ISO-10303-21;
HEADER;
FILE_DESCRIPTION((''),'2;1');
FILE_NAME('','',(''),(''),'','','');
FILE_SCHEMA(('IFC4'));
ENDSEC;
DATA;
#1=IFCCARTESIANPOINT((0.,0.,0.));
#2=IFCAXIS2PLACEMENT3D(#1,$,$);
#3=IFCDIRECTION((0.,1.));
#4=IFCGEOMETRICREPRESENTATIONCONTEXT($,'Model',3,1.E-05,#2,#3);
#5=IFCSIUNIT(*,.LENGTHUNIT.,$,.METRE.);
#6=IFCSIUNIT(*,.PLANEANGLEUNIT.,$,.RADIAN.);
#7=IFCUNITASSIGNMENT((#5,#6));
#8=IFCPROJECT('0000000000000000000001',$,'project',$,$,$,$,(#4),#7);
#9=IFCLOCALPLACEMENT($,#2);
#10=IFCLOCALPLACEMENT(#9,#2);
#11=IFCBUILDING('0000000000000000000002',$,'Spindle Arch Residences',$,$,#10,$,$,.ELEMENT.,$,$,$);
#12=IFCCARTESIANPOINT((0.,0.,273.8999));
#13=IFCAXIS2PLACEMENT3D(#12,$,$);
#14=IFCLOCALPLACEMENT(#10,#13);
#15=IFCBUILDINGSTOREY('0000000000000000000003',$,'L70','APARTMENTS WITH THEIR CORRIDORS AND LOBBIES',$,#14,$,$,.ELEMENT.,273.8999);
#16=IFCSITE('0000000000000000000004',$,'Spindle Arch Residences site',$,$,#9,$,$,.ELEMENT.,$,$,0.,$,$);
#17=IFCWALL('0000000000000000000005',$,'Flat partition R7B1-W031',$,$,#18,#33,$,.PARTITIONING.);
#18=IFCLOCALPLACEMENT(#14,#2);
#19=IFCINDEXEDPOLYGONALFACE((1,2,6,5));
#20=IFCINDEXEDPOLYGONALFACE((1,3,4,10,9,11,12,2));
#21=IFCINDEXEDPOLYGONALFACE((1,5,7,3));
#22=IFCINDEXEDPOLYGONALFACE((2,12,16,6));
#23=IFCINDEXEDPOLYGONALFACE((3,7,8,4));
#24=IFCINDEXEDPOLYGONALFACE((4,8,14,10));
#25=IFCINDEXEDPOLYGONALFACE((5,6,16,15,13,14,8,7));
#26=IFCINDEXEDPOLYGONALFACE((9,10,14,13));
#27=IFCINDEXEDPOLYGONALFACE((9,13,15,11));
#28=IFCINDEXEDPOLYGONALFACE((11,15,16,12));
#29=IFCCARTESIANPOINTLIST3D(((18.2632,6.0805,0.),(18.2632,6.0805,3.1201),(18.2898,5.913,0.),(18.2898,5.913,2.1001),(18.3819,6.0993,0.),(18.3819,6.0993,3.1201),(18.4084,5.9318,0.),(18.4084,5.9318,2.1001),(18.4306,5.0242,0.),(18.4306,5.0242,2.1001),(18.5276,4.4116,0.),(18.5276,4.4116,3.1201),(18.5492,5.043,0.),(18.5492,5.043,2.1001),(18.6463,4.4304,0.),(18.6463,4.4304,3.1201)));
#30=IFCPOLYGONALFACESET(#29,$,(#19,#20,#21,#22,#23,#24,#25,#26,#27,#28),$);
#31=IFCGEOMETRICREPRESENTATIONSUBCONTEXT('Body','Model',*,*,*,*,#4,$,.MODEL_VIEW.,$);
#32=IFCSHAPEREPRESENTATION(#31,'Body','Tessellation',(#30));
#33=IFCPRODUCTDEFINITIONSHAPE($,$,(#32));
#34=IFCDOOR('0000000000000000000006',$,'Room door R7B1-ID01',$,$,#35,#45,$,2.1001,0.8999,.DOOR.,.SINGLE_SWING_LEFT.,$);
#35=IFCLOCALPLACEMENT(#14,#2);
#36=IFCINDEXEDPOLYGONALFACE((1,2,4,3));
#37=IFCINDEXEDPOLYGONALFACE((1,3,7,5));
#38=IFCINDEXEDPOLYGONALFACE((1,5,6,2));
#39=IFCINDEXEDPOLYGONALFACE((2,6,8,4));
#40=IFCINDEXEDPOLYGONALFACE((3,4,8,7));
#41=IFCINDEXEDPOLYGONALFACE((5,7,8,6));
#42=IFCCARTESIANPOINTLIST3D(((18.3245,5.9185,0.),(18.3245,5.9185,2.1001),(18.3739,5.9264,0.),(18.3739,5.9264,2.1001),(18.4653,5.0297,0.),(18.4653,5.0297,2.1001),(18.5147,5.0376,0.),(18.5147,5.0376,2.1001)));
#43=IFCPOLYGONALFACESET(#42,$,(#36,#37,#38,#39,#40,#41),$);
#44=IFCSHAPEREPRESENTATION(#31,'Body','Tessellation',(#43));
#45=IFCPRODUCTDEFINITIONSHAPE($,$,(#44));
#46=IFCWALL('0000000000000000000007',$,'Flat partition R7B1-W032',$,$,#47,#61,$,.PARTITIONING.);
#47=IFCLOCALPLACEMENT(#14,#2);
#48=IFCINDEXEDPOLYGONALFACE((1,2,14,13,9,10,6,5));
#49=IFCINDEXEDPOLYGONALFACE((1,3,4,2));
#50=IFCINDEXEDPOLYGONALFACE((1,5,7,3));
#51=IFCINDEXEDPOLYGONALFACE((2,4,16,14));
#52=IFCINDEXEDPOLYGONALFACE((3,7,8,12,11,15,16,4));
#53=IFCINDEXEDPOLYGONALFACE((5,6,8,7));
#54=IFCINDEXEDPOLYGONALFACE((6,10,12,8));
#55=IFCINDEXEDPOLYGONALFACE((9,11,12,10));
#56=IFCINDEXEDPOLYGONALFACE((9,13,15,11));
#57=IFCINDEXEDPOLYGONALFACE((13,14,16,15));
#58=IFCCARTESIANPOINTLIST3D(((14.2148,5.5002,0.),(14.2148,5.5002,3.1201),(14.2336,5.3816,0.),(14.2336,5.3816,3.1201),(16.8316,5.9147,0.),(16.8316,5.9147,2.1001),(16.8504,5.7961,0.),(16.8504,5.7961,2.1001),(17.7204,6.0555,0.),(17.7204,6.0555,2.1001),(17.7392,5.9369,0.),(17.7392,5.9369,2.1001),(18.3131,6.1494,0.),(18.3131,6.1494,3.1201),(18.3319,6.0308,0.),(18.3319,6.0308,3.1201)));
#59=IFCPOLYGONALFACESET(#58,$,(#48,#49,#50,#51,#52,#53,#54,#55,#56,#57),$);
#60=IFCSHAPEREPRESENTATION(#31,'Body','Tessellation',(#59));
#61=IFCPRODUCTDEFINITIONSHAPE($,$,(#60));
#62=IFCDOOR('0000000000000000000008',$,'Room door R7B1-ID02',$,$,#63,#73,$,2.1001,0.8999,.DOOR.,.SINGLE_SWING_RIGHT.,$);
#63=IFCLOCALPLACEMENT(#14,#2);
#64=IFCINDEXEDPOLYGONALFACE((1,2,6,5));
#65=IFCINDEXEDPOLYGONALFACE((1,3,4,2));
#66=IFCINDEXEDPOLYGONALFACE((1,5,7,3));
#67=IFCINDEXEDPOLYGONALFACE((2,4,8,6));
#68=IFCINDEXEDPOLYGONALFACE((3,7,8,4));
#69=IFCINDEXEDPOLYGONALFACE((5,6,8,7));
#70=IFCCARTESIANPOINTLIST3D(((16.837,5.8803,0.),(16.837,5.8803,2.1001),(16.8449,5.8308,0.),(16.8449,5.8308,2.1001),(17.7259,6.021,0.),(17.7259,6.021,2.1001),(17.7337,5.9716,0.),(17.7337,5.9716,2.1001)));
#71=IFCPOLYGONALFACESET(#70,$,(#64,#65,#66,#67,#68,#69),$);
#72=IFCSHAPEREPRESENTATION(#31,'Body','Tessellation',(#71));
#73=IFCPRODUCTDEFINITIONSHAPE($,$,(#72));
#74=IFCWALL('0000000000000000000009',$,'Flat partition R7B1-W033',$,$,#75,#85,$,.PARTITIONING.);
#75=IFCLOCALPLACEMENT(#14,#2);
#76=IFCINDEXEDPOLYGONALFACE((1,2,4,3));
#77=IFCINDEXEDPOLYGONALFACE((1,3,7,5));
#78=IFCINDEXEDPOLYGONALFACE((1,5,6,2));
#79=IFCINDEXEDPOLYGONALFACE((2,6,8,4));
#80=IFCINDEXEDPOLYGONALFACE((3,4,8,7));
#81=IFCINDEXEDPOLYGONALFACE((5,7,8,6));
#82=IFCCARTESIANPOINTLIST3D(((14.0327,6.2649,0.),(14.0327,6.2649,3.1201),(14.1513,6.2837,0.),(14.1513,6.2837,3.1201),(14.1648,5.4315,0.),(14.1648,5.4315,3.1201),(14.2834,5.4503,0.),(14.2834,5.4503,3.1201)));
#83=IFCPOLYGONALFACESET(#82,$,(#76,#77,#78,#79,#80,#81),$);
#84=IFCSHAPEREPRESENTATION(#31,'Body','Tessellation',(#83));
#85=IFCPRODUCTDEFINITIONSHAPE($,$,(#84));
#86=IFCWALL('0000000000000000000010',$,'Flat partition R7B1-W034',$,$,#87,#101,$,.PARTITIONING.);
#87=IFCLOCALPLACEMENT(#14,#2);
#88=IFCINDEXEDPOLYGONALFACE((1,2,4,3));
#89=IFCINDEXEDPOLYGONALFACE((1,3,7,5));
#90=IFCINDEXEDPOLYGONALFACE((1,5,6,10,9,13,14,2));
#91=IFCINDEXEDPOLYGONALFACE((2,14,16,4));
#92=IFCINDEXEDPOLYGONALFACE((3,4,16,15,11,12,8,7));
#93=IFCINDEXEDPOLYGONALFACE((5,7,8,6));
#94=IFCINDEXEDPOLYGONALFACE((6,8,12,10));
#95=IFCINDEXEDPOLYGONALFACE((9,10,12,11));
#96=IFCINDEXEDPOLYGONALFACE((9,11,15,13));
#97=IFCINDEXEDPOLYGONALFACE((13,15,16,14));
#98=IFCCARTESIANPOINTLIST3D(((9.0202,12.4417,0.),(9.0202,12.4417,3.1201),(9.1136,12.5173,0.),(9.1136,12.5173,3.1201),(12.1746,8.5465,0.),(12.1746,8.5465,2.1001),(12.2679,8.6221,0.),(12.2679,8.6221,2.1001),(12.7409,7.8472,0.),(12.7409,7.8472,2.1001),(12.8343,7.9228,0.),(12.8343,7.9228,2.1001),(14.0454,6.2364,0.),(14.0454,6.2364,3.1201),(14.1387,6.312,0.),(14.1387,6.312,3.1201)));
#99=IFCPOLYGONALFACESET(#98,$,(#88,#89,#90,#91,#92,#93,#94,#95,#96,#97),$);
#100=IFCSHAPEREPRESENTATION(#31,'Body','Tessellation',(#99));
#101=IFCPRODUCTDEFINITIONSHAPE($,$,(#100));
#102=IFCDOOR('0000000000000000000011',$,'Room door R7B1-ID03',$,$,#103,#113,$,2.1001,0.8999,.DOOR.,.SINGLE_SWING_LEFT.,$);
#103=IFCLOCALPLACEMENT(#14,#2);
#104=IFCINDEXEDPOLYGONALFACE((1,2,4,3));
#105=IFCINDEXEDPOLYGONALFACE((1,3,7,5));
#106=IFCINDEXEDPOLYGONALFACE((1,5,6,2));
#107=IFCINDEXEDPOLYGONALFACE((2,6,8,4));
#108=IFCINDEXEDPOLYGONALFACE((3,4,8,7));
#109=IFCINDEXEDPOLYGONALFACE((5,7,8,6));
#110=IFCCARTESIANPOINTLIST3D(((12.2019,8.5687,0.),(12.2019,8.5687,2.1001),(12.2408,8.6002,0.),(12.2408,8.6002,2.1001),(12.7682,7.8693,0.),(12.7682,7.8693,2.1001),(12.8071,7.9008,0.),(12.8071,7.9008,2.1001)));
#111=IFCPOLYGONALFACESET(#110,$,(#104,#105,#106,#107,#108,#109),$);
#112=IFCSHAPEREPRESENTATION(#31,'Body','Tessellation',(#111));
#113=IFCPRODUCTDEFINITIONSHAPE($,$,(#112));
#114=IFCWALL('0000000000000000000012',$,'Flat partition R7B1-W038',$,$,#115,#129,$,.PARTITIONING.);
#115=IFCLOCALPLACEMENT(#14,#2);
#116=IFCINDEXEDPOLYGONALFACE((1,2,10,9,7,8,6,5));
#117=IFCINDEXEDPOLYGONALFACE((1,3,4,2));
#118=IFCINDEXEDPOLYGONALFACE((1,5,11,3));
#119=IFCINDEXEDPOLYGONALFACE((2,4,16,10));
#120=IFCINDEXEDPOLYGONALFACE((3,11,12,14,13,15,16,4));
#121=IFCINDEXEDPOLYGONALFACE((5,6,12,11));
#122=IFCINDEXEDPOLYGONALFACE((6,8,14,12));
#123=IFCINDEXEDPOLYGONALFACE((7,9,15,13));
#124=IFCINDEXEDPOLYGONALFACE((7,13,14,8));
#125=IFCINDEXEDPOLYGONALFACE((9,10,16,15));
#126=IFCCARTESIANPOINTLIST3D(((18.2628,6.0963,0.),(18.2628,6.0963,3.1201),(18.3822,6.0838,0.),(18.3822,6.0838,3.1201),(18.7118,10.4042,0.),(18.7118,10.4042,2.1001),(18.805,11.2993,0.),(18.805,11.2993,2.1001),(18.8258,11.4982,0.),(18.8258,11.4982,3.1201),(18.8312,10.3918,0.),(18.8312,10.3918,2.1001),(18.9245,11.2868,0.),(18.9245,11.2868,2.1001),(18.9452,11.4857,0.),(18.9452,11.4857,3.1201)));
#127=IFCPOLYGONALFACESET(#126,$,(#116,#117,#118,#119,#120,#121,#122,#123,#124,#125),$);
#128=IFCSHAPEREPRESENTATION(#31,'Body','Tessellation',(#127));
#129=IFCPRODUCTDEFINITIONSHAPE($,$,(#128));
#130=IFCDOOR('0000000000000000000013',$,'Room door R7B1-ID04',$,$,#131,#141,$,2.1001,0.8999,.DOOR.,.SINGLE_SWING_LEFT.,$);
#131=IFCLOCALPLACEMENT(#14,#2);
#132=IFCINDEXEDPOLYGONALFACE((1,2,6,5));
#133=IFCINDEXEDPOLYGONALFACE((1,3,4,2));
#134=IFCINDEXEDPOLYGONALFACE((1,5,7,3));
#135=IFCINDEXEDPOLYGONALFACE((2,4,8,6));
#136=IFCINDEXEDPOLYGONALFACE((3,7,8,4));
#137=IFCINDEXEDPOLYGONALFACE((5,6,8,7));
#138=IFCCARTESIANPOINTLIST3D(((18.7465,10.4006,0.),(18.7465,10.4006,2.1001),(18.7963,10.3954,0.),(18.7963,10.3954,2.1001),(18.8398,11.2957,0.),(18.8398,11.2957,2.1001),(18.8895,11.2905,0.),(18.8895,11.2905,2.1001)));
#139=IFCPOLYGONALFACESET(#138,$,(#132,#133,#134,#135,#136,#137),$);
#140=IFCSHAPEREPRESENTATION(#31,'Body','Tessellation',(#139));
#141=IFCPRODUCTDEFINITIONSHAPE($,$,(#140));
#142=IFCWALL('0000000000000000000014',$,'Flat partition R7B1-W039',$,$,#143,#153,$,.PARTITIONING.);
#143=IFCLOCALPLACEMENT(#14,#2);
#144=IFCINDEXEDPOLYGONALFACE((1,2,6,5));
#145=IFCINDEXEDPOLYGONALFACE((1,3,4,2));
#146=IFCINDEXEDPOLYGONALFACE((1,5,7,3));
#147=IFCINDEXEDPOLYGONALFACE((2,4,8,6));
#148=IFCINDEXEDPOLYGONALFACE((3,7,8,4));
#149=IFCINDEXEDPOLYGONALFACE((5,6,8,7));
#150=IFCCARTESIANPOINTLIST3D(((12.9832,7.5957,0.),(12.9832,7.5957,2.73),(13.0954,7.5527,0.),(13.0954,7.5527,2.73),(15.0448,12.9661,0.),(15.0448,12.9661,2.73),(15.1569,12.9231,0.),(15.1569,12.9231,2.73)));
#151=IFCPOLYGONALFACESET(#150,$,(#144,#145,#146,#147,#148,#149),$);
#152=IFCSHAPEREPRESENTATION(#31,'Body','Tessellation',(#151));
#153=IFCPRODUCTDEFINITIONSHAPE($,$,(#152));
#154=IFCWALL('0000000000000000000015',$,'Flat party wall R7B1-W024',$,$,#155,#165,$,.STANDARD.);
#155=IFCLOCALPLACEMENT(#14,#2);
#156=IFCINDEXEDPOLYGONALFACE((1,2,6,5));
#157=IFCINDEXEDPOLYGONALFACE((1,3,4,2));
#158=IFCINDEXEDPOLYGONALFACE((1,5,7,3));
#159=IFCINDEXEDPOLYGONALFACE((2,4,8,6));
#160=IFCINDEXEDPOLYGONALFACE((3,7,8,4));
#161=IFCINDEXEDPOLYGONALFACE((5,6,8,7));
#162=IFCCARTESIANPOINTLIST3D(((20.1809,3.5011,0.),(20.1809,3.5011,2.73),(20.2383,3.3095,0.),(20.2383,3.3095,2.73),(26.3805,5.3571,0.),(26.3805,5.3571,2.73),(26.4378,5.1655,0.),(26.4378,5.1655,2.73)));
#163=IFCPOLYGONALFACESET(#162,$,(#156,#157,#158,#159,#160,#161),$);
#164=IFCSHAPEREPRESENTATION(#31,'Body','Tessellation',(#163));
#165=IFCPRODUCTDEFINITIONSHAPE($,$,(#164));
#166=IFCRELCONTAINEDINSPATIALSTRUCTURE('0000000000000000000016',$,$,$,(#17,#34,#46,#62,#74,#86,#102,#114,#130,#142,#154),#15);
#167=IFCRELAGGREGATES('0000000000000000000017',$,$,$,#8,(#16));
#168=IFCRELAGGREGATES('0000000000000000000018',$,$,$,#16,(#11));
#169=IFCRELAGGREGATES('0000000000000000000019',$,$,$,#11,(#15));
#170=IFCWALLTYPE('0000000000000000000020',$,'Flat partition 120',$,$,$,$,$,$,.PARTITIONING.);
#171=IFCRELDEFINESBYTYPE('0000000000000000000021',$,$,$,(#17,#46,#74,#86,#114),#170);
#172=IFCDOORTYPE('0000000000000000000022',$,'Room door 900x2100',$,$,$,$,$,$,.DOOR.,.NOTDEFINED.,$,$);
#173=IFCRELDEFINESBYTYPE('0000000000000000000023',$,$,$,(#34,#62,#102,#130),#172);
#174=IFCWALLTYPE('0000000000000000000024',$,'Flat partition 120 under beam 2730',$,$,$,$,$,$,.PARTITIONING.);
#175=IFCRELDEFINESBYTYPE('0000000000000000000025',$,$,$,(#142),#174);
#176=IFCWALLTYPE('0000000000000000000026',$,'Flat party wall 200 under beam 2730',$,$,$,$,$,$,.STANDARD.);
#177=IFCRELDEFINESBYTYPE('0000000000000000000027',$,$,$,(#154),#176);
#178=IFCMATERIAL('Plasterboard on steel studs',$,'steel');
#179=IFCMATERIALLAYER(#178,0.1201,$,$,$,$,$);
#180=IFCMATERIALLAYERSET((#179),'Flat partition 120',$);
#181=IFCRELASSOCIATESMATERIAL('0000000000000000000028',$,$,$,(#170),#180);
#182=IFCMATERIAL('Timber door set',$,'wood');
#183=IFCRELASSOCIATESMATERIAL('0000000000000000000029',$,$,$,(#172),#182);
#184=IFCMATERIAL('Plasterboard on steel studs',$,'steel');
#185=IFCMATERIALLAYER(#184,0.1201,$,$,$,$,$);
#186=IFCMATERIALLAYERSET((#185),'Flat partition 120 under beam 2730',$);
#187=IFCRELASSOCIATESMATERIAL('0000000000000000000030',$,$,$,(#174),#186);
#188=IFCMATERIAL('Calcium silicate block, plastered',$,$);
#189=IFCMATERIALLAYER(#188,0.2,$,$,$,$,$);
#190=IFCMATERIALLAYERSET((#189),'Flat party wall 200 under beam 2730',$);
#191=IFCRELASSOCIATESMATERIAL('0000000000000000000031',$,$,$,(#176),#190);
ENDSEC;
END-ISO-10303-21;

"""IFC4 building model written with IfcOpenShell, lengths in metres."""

from ifc_helpers import new_model, si_unit, direction, frame, frame_2d, origin, place, context, subcontext, project, spatial, rectangle, extrude, material, layer, layer_set, type_object, element, fill, save


model = new_model("IFC4")

# Units and contexts
model_context = context("Model", 3, precision=1e-05, world=origin(), true_north=direction((0.0, 1.0)))
body_context = subcontext(model_context, "Body", "Model", "MODEL_VIEW")
ifc_project = project(units=[si_unit("LENGTHUNIT", "METRE"), si_unit("PLANEANGLEUNIT", "RADIAN")], contexts=[model_context])

# Site, building, storey
site_placement = place(None, origin())
site = spatial("IfcSite", under=ifc_project, at=site_placement, Name="Spindle Arch Residences site", CompositionType="ELEMENT", RefElevation=0.0)
building_placement = place(site_placement, origin())
building = spatial("IfcBuilding", under=site, at=building_placement, Name="Spindle Arch Residences", CompositionType="ELEMENT")
storey_placement = place(building_placement, frame((0.0, 0.0, 273.8999)))
storey = spatial("IfcBuildingStorey", under=building, at=storey_placement, Name="L70", Description="APARTMENTS WITH THEIR CORRIDORS AND LOBBIES", CompositionType="ELEMENT", Elevation=273.8999)

# Walls, openings, doors
ifc_material_1 = material(Name="Plasterboard on steel studs", Category="steel")
ifc_layer_1 = layer(ifc_material_1, 0.1201)
ifc_layer_set_1 = layer_set([ifc_layer_1], Name="Flat partition 120")
wall_type_1 = type_object("IfcWallType", Name="Flat partition 120", PredefinedType="PARTITIONING", material=ifc_layer_set_1)
wall_1_placement = place(storey_placement, frame((18.5869, 4.4211, 0.0), z_axis=(0.0, 0.0, 1.0), x_axis=(-0.156474, 0.987682, 0.0)))
wall_1 = element("IfcWall", 1, at=wall_1_placement, inside=storey, type_object=wall_type_1, Name="Flat partition R7B1-W031", PredefinedType="PARTITIONING", context=body_context, shape_type="SweptSolid", body=[
    extrude(rectangle(XDim=1.6897, YDim=0.1201, at=frame_2d((0.8447, 0.0))), origin(), (0.0, 0.0, 1.0), 3.1201),
])
opening_1_placement = place(wall_1_placement, frame((0.6201, 0.0, 0.0)))
opening_1 = element("IfcOpeningElement", 2, at=opening_1_placement, cuts=wall_1, PredefinedType="OPENING", context=body_context, shape_type="SweptSolid", body=[
    extrude(rectangle(XDim=0.8999, YDim=2.1001, at=frame_2d((0.45, 1.05))), frame((0.0, 0.0701, 0.0), z_axis=(0.0, -1.0, 0.0), x_axis=(1.0, 0.0, 0.0)), (0.0, 0.0, 1.0), 0.1401),
])
ifc_material_2 = material(Name="Timber door set", Category="wood")
door_type_1 = type_object("IfcDoorType", Name="Room door 900x2100", OperationType="NOTDEFINED", PredefinedType="DOOR", material=ifc_material_2)
door_1_placement = place(opening_1_placement, origin())
door_1 = element("IfcDoor", 3, at=door_1_placement, inside=storey, type_object=door_type_1, Name="Room door R7B1-ID01", OperationType="SINGLE_SWING_LEFT", OverallHeight=2.1001, OverallWidth=0.8999, PredefinedType="DOOR", context=body_context, shape_type="SweptSolid", body=[
    extrude(rectangle(XDim=0.8999, YDim=2.1001, at=frame_2d((0.45, 1.05))), frame((0.0, 0.0249, 0.0), z_axis=(0.0, -1.0, 0.0), x_axis=(1.0, 0.0, 0.0)), (0.0, 0.0, 1.0), 0.05),
])
fill(opening_1, door_1)
wall_2_placement = place(storey_placement, frame((18.3225, 6.0901, 0.0), z_axis=(0.0, 0.0, 1.0), x_axis=(-0.987687, -0.156446, 0.0)))
wall_2 = element("IfcWall", 4, at=wall_2_placement, inside=storey, type_object=wall_type_1, Name="Flat partition R7B1-W032", PredefinedType="PARTITIONING", context=body_context, shape_type="SweptSolid", body=[
    extrude(rectangle(XDim=4.1494, YDim=0.1201, at=frame_2d((2.0747, 0.0))), origin(), (0.0, 0.0, 1.0), 3.1201),
])
opening_2_placement = place(wall_2_placement, frame((0.6001, 0.0, 0.0)))
opening_2 = element("IfcOpeningElement", 5, at=opening_2_placement, cuts=wall_2, PredefinedType="OPENING", context=body_context, shape_type="SweptSolid", body=[
    extrude(rectangle(XDim=0.8999, YDim=2.1001, at=frame_2d((0.45, 1.05))), frame((0.0, 0.0701, 0.0), z_axis=(0.0, -1.0, 0.0), x_axis=(1.0, 0.0, 0.0)), (0.0, 0.0, 1.0), 0.1401),
])
door_2_placement = place(opening_2_placement, origin())
door_2 = element("IfcDoor", 6, at=door_2_placement, inside=storey, type_object=door_type_1, Name="Room door R7B1-ID02", OperationType="SINGLE_SWING_RIGHT", OverallHeight=2.1001, OverallWidth=0.8999, PredefinedType="DOOR", context=body_context, shape_type="SweptSolid", body=[
    extrude(rectangle(XDim=0.8999, YDim=2.1001, at=frame_2d((0.45, 1.05))), frame((0.0, 0.0249, 0.0), z_axis=(0.0, -1.0, 0.0), x_axis=(1.0, 0.0, 0.0)), (0.0, 0.0, 1.0), 0.05),
])
fill(opening_2, door_2)

# Wall
wall_3_placement = place(storey_placement, frame((14.2241, 5.4409, 0.0), z_axis=(0.0, 0.0, 1.0), x_axis=(-0.156557, 0.987669, 0.0)))
element("IfcWall", 7, at=wall_3_placement, inside=storey, type_object=wall_type_1, Name="Flat partition R7B1-W033", PredefinedType="PARTITIONING", context=body_context, shape_type="SweptSolid", body=[
    extrude(rectangle(XDim=0.8438, YDim=0.1201, at=frame_2d((0.4219, 0.0))), origin(), (0.0, 0.0, 1.0), 3.1201),
])

# Walls, openings, doors
wall_4_placement = place(storey_placement, frame((14.092, 6.2742, 0.0), z_axis=(0.0, 0.0, 1.0), x_axis=(-0.629334, 0.777135, 0.0)))
wall_4 = element("IfcWall", 8, at=wall_4_placement, inside=storey, type_object=wall_type_1, Name="Flat partition R7B1-W034", PredefinedType="PARTITIONING", context=body_context, shape_type="SweptSolid", body=[
    extrude(rectangle(XDim=7.9849, YDim=0.1201, at=frame_2d((3.9924, 0.0))), origin(), (0.0, 0.0, 1.0), 3.1201),
])
opening_3_placement = place(wall_4_placement, frame((2.0728, 0.0, 0.0)))
opening_3 = element("IfcOpeningElement", 9, at=opening_3_placement, cuts=wall_4, PredefinedType="OPENING", context=body_context, shape_type="SweptSolid", body=[
    extrude(rectangle(XDim=0.8999, YDim=2.1001, at=frame_2d((0.45, 1.05))), frame((0.0, 0.0701, 0.0), z_axis=(0.0, -1.0, 0.0), x_axis=(1.0, 0.0, 0.0)), (0.0, 0.0, 1.0), 0.1401),
])
door_3_placement = place(opening_3_placement, origin())
door_3 = element("IfcDoor", 10, at=door_3_placement, inside=storey, type_object=door_type_1, Name="Room door R7B1-ID03", OperationType="SINGLE_SWING_LEFT", OverallHeight=2.1001, OverallWidth=0.8999, PredefinedType="DOOR", context=body_context, shape_type="SweptSolid", body=[
    extrude(rectangle(XDim=0.8999, YDim=2.1001, at=frame_2d((0.45, 1.05))), frame((0.0, 0.0249, 0.0), z_axis=(0.0, -1.0, 0.0), x_axis=(1.0, 0.0, 0.0)), (0.0, 0.0, 1.0), 0.05),
])
fill(opening_3, door_3)
wall_5_placement = place(storey_placement, frame((18.8855, 11.4919, 0.0), z_axis=(0.0, 0.0, 1.0), x_axis=(-0.10366, -0.994613, 0.0)))
wall_5 = element("IfcWall", 11, at=wall_5_placement, inside=storey, type_object=wall_type_1, Name="Flat partition R7B1-W038", PredefinedType="PARTITIONING", context=body_context, shape_type="SweptSolid", body=[
    extrude(rectangle(XDim=5.4312, YDim=0.1201, at=frame_2d((2.7156, 0.0))), origin(), (0.0, 0.0, 1.0), 3.1201),
])
opening_4_placement = place(wall_5_placement, frame((0.2, 0.0, 0.0)))
opening_4 = element("IfcOpeningElement", 12, at=opening_4_placement, cuts=wall_5, PredefinedType="OPENING", context=body_context, shape_type="SweptSolid", body=[
    extrude(rectangle(XDim=0.8999, YDim=2.1001, at=frame_2d((0.45, 1.05))), frame((0.0, 0.0701, 0.0), z_axis=(0.0, -1.0, 0.0), x_axis=(1.0, 0.0, 0.0)), (0.0, 0.0, 1.0), 0.1401),
])
door_4_placement = place(opening_4_placement, origin())
door_4 = element("IfcDoor", 13, at=door_4_placement, inside=storey, type_object=door_type_1, Name="Room door R7B1-ID04", OperationType="SINGLE_SWING_LEFT", OverallHeight=2.1001, OverallWidth=0.8999, PredefinedType="DOOR", context=body_context, shape_type="SweptSolid", body=[
    extrude(rectangle(XDim=0.8999, YDim=2.1001, at=frame_2d((0.45, 1.05))), frame((0.0, 0.0249, 0.0), z_axis=(0.0, -1.0, 0.0), x_axis=(1.0, 0.0, 0.0)), (0.0, 0.0, 1.0), 0.05),
])
fill(opening_4, door_4)

# Walls
ifc_material_3 = material(Name="Plasterboard on steel studs", Category="steel")
ifc_layer_2 = layer(ifc_material_3, 0.1201)
ifc_layer_set_2 = layer_set([ifc_layer_2], Name="Flat partition 120 under beam 2730")
wall_type_2 = type_object("IfcWallType", Name="Flat partition 120 under beam 2730", PredefinedType="PARTITIONING", material=ifc_layer_set_2)
wall_6_placement = place(storey_placement, frame((15.1008, 12.9446, 0.0), z_axis=(0.0, 0.0, 1.0), x_axis=(-0.358373, -0.933578, 0.0)))
element("IfcWall", 14, at=wall_6_placement, inside=storey, type_object=wall_type_2, Name="Flat partition R7B1-W039", PredefinedType="PARTITIONING", context=body_context, shape_type="SweptSolid", body=[
    extrude(rectangle(XDim=5.7524, YDim=0.1201, at=frame_2d((2.8762, 0.0))), origin(), (0.0, 0.0, 1.0), 2.73),
])
ifc_material_4 = material(Name="Calcium silicate block, plastered")
ifc_layer_3 = layer(ifc_material_4, 0.2)
ifc_layer_set_3 = layer_set([ifc_layer_3], Name="Flat party wall 200 under beam 2730")
wall_type_3 = type_object("IfcWallType", Name="Flat party wall 200 under beam 2730", PredefinedType="STANDARD", material=ifc_layer_set_3)
wall_7_placement = place(storey_placement, frame((20.2095, 3.4053, 0.0), z_axis=(0.0, 0.0, 1.0), x_axis=(0.957991, 0.286798, 0.0)))
element("IfcWall", 15, at=wall_7_placement, inside=storey, type_object=wall_type_3, Name="Flat party wall R7B1-W024", PredefinedType="STANDARD", context=body_context, shape_type="SweptSolid", body=[
    extrude(rectangle(XDim=6.4714, YDim=0.2, at=frame_2d((3.2358, 0.0))), origin(), (0.0, 0.0, 1.0), 2.73),
])

save(model, "model.ifc")
